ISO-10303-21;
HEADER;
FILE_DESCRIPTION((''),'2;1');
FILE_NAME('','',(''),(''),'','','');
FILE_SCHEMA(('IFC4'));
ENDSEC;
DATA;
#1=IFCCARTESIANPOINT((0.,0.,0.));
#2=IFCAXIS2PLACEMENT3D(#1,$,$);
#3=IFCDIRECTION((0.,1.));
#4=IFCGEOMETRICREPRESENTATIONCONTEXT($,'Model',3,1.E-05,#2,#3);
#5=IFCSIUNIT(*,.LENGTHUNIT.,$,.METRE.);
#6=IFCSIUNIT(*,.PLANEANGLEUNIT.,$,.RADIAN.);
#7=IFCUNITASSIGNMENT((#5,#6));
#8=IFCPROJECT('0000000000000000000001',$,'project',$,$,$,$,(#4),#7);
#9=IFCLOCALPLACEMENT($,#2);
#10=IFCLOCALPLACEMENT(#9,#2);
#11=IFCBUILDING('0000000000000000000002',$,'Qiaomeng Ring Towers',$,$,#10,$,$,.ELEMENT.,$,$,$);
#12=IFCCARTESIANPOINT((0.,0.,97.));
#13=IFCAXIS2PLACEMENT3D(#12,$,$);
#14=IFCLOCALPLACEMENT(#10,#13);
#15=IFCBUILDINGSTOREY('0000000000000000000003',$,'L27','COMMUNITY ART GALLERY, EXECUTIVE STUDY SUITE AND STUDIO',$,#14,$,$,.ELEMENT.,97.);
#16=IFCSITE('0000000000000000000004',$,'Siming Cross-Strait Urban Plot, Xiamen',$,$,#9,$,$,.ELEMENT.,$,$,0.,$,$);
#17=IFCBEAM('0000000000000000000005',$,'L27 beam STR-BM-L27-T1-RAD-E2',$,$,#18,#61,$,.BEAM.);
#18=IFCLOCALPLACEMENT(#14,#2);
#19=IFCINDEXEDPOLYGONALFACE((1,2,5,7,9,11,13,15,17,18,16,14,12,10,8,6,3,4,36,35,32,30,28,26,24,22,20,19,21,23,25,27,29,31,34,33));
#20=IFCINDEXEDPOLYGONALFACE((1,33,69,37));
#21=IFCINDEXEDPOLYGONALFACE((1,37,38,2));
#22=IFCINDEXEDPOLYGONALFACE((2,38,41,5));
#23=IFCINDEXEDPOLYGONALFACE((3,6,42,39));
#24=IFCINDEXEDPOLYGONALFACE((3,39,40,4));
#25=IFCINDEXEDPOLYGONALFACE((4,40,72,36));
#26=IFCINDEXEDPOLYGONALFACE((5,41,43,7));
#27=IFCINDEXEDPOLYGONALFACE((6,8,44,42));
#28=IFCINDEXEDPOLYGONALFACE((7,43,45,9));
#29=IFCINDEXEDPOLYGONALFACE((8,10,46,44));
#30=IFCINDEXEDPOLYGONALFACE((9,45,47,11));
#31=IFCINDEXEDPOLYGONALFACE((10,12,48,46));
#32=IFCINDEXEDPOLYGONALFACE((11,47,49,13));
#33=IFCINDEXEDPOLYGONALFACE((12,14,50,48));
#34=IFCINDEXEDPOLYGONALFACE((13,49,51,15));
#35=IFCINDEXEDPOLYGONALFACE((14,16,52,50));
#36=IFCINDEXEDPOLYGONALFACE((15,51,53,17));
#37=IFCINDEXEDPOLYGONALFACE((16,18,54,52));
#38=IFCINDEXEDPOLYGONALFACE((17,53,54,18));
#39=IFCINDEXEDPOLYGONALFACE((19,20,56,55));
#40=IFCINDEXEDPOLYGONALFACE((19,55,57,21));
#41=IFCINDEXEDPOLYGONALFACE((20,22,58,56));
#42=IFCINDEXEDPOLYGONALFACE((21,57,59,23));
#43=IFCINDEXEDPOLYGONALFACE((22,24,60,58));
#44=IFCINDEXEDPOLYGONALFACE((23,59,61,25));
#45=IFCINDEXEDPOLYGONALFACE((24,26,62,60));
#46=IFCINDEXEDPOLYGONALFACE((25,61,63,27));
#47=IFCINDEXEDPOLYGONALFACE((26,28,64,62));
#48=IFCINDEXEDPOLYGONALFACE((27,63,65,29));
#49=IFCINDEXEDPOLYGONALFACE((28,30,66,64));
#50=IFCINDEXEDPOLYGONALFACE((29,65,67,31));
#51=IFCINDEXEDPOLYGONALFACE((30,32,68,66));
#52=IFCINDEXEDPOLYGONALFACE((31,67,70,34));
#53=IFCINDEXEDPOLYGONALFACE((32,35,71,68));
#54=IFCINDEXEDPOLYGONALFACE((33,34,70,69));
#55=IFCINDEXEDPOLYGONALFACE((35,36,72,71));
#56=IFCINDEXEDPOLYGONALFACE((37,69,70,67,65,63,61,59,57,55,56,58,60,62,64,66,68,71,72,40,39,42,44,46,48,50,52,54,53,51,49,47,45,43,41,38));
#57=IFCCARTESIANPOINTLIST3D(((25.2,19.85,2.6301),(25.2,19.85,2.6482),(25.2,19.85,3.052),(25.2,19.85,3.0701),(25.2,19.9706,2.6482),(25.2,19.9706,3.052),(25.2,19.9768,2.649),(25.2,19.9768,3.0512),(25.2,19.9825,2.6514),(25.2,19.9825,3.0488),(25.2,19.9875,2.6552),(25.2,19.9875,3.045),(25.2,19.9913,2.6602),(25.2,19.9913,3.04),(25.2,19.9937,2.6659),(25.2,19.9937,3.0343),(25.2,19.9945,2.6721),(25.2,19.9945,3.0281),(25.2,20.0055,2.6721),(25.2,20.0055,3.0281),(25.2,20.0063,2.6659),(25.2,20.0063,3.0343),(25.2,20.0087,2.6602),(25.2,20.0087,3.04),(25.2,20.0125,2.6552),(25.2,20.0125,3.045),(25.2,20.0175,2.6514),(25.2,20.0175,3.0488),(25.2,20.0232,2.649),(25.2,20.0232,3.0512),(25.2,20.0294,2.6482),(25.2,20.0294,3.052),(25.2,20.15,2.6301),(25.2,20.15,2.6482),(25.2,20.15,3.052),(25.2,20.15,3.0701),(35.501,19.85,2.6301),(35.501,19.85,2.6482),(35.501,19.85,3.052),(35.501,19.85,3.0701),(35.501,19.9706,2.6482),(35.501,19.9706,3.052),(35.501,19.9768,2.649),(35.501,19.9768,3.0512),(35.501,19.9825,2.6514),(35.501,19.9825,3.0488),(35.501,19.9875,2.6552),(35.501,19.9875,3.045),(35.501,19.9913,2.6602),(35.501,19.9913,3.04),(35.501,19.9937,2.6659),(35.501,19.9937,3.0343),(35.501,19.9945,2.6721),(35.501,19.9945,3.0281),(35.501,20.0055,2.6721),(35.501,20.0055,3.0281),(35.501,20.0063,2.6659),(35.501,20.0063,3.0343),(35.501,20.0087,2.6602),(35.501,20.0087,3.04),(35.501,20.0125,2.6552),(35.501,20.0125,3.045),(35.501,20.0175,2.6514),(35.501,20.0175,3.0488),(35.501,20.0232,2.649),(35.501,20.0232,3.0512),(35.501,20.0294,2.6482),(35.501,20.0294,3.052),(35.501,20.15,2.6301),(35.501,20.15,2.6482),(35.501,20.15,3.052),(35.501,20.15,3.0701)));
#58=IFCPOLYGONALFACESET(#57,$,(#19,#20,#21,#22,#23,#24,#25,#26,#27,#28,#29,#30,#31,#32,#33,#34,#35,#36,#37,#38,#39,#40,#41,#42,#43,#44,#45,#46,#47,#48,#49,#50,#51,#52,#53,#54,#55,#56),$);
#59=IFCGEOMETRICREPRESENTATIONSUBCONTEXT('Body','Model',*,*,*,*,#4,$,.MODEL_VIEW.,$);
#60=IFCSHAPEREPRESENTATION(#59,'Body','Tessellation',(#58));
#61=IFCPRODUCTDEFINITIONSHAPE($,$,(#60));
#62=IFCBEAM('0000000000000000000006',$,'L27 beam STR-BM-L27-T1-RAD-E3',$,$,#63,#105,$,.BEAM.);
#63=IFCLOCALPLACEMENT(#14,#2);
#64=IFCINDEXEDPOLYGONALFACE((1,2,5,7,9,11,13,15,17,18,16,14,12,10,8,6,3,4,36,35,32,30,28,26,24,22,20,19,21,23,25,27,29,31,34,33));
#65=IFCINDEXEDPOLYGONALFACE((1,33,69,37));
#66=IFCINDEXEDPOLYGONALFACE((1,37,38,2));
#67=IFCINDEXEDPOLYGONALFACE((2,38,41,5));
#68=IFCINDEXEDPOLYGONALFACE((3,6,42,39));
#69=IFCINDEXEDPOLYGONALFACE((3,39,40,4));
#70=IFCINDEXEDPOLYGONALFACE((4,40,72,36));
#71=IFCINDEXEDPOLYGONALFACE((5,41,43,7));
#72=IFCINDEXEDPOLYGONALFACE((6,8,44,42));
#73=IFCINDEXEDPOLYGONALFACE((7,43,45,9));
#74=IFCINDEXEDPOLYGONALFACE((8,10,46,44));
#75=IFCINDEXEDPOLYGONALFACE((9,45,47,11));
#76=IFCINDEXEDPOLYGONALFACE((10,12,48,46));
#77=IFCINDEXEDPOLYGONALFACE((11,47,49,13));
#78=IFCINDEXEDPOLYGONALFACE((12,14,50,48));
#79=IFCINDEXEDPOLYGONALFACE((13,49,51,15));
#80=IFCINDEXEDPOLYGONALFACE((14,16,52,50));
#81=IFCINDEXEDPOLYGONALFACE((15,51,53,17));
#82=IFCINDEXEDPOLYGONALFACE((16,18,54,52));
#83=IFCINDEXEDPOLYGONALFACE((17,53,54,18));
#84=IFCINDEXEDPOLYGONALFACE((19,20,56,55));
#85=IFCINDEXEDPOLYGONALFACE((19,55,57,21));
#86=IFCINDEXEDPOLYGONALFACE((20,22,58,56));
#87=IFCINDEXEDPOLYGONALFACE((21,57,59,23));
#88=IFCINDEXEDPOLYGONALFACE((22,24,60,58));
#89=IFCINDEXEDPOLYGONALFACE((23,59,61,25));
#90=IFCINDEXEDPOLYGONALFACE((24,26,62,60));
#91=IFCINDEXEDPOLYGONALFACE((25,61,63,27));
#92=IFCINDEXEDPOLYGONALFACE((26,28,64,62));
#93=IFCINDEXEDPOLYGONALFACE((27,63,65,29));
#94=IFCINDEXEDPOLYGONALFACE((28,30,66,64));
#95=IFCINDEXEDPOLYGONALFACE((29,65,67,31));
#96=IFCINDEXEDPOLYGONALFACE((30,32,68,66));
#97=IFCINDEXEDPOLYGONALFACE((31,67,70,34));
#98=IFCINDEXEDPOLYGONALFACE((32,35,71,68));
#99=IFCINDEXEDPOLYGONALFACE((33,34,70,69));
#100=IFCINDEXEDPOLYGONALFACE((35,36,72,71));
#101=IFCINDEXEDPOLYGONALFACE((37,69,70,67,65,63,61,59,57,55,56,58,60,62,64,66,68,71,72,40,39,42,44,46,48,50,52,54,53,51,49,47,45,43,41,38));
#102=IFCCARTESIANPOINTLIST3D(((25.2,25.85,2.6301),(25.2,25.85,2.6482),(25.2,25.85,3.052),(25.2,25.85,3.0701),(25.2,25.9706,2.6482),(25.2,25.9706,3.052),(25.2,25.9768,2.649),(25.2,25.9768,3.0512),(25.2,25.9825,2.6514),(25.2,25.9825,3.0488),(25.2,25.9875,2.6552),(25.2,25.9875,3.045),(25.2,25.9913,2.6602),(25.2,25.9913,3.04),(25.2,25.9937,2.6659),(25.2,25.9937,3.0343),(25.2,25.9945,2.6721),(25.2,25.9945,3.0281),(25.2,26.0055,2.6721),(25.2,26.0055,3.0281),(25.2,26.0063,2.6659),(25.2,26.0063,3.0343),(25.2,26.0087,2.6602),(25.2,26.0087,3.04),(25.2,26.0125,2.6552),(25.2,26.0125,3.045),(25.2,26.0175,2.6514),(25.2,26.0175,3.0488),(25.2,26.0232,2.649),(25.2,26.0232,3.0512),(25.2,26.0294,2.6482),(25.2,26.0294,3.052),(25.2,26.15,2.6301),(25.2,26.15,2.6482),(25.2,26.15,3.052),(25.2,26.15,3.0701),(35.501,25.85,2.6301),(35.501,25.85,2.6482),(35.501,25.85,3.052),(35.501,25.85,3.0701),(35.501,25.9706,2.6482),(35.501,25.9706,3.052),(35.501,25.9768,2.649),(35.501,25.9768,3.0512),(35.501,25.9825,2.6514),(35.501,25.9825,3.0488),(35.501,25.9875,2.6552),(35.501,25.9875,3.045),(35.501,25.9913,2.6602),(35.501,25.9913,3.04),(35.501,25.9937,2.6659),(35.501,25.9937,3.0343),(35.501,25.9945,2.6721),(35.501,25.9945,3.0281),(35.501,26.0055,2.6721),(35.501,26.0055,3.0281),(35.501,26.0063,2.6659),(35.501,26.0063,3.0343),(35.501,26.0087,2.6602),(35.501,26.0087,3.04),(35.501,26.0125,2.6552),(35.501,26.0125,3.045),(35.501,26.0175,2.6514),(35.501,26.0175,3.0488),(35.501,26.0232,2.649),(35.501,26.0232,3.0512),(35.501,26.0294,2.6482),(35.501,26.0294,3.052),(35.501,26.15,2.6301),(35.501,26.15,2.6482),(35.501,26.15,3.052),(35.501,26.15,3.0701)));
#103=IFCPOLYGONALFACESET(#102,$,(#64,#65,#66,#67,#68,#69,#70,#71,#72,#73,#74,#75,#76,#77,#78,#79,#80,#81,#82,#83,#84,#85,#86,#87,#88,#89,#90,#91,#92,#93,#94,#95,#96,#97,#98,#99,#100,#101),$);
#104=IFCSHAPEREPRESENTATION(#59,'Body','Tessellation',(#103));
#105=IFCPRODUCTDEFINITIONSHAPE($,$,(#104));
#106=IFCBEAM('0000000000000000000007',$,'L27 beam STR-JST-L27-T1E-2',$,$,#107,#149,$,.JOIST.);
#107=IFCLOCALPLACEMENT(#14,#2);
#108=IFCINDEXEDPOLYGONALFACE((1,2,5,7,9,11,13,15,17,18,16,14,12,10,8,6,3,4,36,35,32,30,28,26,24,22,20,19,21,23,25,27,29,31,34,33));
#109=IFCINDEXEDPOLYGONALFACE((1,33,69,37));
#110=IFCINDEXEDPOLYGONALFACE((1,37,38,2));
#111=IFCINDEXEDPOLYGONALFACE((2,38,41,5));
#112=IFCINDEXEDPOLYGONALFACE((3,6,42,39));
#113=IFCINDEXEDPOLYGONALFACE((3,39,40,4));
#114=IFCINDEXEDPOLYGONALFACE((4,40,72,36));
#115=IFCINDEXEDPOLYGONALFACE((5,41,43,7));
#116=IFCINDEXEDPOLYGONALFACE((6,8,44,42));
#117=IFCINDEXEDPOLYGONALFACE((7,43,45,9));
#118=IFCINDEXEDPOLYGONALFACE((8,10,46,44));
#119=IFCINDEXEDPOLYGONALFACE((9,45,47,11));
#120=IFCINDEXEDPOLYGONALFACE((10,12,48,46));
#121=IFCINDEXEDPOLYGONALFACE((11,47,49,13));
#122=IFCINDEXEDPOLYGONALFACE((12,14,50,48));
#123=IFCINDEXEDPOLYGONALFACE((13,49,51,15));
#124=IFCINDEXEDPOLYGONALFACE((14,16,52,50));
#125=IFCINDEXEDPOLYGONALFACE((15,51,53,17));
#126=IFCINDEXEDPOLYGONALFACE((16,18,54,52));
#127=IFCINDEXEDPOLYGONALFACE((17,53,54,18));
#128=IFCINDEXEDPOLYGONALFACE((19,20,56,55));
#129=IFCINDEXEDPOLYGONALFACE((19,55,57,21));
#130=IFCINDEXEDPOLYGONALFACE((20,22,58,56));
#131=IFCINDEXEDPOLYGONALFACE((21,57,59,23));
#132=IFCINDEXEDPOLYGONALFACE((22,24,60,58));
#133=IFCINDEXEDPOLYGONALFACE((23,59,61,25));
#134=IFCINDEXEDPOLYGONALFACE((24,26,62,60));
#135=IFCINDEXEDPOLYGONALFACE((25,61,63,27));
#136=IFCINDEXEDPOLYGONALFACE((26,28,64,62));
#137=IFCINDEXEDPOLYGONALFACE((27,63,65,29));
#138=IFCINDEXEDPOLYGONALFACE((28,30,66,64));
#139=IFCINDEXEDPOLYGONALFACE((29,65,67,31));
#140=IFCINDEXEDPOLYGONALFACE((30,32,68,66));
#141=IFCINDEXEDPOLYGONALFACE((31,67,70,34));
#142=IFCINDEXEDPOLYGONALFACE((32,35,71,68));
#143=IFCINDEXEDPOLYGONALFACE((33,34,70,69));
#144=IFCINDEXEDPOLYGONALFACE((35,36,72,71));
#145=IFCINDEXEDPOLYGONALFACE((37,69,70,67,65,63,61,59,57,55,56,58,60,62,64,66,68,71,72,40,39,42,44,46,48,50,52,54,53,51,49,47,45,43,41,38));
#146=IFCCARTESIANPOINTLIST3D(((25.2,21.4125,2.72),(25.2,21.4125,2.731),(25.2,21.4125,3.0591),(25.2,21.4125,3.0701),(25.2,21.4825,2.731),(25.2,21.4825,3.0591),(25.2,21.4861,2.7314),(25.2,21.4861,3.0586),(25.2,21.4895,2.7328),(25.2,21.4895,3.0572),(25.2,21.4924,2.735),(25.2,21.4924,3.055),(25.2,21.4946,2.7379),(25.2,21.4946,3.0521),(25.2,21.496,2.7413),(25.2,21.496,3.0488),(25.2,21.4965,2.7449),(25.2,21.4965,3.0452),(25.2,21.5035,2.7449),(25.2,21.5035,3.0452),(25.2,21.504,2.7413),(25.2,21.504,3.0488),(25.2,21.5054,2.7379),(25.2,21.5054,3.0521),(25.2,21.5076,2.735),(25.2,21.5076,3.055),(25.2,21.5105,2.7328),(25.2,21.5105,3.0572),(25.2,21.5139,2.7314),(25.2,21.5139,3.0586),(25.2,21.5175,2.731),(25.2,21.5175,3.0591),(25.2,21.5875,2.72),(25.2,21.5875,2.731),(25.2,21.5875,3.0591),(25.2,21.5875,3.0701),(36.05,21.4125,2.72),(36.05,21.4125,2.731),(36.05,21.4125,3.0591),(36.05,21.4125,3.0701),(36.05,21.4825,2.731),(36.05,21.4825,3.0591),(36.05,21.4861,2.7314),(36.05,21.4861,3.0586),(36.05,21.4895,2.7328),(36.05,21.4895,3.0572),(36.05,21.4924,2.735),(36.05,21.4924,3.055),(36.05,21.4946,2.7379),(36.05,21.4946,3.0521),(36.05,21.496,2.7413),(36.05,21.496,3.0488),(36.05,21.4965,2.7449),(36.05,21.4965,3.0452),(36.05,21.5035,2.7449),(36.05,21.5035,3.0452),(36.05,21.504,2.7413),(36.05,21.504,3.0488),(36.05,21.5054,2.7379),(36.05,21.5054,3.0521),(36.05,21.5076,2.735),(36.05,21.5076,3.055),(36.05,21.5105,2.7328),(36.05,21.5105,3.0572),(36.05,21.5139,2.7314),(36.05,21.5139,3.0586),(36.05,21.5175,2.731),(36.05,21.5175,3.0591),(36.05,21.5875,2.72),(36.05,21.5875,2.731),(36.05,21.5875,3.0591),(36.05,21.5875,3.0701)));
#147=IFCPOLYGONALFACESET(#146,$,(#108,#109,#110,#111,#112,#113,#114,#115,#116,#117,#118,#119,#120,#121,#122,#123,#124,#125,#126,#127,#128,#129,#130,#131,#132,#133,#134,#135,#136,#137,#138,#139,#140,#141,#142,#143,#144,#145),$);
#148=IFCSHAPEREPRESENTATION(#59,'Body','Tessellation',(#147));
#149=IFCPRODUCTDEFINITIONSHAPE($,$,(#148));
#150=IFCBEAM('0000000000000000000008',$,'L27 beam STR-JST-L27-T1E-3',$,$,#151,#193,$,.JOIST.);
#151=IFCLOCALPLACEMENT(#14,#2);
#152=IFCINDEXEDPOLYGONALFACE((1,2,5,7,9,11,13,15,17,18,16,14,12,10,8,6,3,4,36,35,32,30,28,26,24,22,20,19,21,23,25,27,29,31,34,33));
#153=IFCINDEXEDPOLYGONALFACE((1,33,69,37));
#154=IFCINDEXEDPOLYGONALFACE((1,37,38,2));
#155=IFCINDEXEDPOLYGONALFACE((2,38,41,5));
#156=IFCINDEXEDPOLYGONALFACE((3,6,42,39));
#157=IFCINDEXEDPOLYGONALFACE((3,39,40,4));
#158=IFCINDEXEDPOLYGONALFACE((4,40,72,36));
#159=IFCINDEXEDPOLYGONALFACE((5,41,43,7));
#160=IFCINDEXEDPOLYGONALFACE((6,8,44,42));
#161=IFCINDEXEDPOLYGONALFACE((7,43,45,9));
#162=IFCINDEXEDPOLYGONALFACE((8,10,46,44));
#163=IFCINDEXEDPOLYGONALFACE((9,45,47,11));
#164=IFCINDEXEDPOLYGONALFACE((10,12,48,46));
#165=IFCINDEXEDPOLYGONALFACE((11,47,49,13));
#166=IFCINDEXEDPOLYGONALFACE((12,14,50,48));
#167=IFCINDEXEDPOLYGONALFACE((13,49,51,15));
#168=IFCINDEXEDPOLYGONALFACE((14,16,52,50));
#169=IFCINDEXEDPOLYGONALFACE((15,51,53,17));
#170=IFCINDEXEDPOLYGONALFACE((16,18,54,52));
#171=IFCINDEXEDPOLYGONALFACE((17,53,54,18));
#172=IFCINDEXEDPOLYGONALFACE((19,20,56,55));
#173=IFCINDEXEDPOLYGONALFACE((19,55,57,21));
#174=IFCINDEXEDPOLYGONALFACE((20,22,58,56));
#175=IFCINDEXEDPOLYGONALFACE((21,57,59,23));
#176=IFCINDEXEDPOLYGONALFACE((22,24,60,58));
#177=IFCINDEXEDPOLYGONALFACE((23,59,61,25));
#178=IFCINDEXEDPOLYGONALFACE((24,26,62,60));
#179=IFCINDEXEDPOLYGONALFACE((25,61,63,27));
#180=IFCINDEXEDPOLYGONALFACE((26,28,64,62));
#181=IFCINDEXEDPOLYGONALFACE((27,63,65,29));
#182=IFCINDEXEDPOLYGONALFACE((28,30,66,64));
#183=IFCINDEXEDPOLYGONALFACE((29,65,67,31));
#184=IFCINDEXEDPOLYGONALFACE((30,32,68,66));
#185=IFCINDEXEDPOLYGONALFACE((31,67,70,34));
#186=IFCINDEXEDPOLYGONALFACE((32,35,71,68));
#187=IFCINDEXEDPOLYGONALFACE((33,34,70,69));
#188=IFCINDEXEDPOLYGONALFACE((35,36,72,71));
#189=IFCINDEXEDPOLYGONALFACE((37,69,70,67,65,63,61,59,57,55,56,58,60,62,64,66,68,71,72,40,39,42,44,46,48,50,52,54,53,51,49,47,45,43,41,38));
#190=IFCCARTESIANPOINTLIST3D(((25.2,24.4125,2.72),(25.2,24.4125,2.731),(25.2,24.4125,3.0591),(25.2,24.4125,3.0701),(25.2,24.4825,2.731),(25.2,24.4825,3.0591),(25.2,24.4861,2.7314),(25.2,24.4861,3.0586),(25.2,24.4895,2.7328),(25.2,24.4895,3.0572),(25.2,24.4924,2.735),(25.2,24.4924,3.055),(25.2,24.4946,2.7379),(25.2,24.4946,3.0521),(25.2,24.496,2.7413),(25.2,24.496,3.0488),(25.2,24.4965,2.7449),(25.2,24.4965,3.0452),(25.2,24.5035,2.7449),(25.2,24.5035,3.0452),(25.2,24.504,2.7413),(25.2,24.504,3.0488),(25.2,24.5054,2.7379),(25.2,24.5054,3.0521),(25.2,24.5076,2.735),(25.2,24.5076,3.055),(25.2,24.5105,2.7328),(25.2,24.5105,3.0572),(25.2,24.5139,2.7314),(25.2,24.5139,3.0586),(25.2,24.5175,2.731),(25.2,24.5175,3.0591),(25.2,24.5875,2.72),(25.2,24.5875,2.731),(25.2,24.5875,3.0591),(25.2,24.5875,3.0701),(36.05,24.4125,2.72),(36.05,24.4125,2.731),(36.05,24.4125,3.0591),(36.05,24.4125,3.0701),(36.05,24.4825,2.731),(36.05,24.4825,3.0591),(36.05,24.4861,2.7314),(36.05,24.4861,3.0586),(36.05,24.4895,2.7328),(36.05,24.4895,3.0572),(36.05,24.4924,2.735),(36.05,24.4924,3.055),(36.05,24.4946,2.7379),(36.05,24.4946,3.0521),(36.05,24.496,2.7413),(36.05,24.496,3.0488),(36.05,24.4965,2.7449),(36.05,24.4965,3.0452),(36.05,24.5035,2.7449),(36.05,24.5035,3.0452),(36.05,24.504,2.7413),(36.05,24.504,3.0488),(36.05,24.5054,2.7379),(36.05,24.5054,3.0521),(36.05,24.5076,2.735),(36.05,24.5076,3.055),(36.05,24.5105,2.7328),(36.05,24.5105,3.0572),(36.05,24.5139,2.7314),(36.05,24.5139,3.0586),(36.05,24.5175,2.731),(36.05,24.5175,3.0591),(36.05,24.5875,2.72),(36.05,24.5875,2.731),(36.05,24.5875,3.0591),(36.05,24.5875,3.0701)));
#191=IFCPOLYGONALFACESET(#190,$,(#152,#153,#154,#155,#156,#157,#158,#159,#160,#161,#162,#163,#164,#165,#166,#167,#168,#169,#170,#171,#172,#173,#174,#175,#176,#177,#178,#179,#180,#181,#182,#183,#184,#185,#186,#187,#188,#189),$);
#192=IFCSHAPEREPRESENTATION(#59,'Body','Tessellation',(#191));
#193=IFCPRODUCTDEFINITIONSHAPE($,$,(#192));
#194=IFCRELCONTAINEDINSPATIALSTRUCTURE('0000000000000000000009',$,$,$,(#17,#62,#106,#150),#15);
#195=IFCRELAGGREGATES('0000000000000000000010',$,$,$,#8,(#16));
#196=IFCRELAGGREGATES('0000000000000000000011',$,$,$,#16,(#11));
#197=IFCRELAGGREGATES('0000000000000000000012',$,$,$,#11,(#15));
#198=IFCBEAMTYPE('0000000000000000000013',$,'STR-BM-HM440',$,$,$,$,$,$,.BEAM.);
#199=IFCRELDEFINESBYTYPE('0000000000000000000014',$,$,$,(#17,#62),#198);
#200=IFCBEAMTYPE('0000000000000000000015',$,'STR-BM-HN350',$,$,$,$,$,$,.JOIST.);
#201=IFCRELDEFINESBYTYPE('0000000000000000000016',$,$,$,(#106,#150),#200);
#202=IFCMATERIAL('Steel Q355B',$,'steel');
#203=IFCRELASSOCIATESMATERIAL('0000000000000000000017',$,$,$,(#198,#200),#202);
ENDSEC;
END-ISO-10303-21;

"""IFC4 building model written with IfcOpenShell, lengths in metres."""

from ifc_helpers import new_model, si_unit, direction, frame, origin, origin_2d, place, context, subcontext, project, spatial, i_section, extrude, source, transform, mapped, material, material_profile, profile_set, type_object, element, save


model = new_model("IFC4")

# Units and contexts
model_context = context("Model", 3, precision=1e-05, world=origin(), true_north=direction((0.0, 1.0)))
body_context = subcontext(model_context, "Body", "Model", "MODEL_VIEW")
ifc_project = project(units=[si_unit("LENGTHUNIT", "METRE"), si_unit("PLANEANGLEUNIT", "RADIAN")], contexts=[model_context])

# Site, building, storey
site_placement = place(None, origin())
site = spatial("IfcSite", under=ifc_project, at=site_placement, Name="Siming Cross-Strait Urban Plot, Xiamen", CompositionType="ELEMENT", RefElevation=0.0)
building_placement = place(site_placement, origin())
building = spatial("IfcBuilding", under=site, at=building_placement, Name="Qiaomeng Ring Towers", CompositionType="ELEMENT")
storey_placement = place(building_placement, frame((0.0, 0.0, 97.0)))
storey = spatial("IfcBuildingStorey", under=building, at=storey_placement, Name="L27", Description="COMMUNITY ART GALLERY, EXECUTIVE STUDY SUITE AND STUDIO", CompositionType="ELEMENT", Elevation=97.0)

# Beams
ifc_material_1 = material(Name="Steel Q355B", Category="steel")
ifc_material_profile_1 = material_profile(ifc_material_1, i_section(OverallWidth=0.3, OverallDepth=0.4399, WebThickness=0.011, FlangeThickness=0.0181, FilletRadius=0.0239, at=origin_2d()), Name="HM 440x300x11x18")
ifc_profile_set_1 = profile_set([ifc_material_profile_1], Name="Steel Q355B")
beam_type_1 = type_object("IfcBeamType", Name="STR-BM-HM440", PredefinedType="BEAM", material=ifc_profile_set_1)
shared_shape_1 = source(origin(), body_context, "Body", "SweptSolid", [
    extrude(i_section(OverallWidth=0.3, OverallDepth=0.4399, WebThickness=0.011, FlangeThickness=0.0181, FilletRadius=0.0239, at=origin_2d()), origin(), (0.0, 0.0, 1.0), 10.301),
])
for number, where, z_axis, x_axis, name in (
    (1, (25.2, 20.0, 2.8501), (1.0, 0.0, 0.0), (0.0, 1.0, 0.0), "L27 beam STR-BM-L27-T1-RAD-E2"),
    (2, (25.2, 26.0, 2.8501), (1.0, 0.0, 0.0), (0.0, 1.0, 0.0), "L27 beam STR-BM-L27-T1-RAD-E3"),
):
    element("IfcBeam", number, at=place(storey_placement, frame(where, z_axis=z_axis, x_axis=x_axis)), inside=storey, type_object=beam_type_1, Name=name, PredefinedType="BEAM", context=body_context, shape_type="MappedRepresentation", body=[
        mapped(shared_shape_1, transform((0.0, 0.0, 0.0), x_axis=(1.0, 0.0, 0.0), y_axis=(0.0, 1.0, 0.0), z_axis=(0.0, 0.0, 1.0), scale=1.0)),
    ])
ifc_material_profile_2 = material_profile(ifc_material_1, i_section(OverallWidth=0.175, OverallDepth=0.3501, WebThickness=0.0071, FlangeThickness=0.011, FilletRadius=0.0139, at=origin_2d()), Name="HN 350x175x7x11")
ifc_profile_set_2 = profile_set([ifc_material_profile_2], Name="Steel Q355B")
beam_type_2 = type_object("IfcBeamType", Name="STR-BM-HN350", PredefinedType="JOIST", material=ifc_profile_set_2)
shared_shape_2 = source(origin(), body_context, "Body", "SweptSolid", [
    extrude(i_section(OverallWidth=0.175, OverallDepth=0.3501, WebThickness=0.0071, FlangeThickness=0.011, FilletRadius=0.0139, at=origin_2d()), origin(), (0.0, 0.0, 1.0), 10.8501),
])
for number, where, z_axis, x_axis, name in (
    (3, (25.2, 21.5, 2.895), (1.0, 0.0, 0.0), (0.0, 1.0, 0.0), "L27 beam STR-JST-L27-T1E-2"),
    (4, (25.2, 24.5, 2.895), (1.0, 0.0, 0.0), (0.0, 1.0, 0.0), "L27 beam STR-JST-L27-T1E-3"),
):
    element("IfcBeam", number, at=place(storey_placement, frame(where, z_axis=z_axis, x_axis=x_axis)), inside=storey, type_object=beam_type_2, Name=name, PredefinedType="JOIST", context=body_context, shape_type="MappedRepresentation", body=[
        mapped(shared_shape_2, transform((0.0, 0.0, 0.0), x_axis=(1.0, 0.0, 0.0), y_axis=(0.0, 1.0, 0.0), z_axis=(0.0, 0.0, 1.0), scale=1.0)),
    ])

save(model, "model.ifc")
